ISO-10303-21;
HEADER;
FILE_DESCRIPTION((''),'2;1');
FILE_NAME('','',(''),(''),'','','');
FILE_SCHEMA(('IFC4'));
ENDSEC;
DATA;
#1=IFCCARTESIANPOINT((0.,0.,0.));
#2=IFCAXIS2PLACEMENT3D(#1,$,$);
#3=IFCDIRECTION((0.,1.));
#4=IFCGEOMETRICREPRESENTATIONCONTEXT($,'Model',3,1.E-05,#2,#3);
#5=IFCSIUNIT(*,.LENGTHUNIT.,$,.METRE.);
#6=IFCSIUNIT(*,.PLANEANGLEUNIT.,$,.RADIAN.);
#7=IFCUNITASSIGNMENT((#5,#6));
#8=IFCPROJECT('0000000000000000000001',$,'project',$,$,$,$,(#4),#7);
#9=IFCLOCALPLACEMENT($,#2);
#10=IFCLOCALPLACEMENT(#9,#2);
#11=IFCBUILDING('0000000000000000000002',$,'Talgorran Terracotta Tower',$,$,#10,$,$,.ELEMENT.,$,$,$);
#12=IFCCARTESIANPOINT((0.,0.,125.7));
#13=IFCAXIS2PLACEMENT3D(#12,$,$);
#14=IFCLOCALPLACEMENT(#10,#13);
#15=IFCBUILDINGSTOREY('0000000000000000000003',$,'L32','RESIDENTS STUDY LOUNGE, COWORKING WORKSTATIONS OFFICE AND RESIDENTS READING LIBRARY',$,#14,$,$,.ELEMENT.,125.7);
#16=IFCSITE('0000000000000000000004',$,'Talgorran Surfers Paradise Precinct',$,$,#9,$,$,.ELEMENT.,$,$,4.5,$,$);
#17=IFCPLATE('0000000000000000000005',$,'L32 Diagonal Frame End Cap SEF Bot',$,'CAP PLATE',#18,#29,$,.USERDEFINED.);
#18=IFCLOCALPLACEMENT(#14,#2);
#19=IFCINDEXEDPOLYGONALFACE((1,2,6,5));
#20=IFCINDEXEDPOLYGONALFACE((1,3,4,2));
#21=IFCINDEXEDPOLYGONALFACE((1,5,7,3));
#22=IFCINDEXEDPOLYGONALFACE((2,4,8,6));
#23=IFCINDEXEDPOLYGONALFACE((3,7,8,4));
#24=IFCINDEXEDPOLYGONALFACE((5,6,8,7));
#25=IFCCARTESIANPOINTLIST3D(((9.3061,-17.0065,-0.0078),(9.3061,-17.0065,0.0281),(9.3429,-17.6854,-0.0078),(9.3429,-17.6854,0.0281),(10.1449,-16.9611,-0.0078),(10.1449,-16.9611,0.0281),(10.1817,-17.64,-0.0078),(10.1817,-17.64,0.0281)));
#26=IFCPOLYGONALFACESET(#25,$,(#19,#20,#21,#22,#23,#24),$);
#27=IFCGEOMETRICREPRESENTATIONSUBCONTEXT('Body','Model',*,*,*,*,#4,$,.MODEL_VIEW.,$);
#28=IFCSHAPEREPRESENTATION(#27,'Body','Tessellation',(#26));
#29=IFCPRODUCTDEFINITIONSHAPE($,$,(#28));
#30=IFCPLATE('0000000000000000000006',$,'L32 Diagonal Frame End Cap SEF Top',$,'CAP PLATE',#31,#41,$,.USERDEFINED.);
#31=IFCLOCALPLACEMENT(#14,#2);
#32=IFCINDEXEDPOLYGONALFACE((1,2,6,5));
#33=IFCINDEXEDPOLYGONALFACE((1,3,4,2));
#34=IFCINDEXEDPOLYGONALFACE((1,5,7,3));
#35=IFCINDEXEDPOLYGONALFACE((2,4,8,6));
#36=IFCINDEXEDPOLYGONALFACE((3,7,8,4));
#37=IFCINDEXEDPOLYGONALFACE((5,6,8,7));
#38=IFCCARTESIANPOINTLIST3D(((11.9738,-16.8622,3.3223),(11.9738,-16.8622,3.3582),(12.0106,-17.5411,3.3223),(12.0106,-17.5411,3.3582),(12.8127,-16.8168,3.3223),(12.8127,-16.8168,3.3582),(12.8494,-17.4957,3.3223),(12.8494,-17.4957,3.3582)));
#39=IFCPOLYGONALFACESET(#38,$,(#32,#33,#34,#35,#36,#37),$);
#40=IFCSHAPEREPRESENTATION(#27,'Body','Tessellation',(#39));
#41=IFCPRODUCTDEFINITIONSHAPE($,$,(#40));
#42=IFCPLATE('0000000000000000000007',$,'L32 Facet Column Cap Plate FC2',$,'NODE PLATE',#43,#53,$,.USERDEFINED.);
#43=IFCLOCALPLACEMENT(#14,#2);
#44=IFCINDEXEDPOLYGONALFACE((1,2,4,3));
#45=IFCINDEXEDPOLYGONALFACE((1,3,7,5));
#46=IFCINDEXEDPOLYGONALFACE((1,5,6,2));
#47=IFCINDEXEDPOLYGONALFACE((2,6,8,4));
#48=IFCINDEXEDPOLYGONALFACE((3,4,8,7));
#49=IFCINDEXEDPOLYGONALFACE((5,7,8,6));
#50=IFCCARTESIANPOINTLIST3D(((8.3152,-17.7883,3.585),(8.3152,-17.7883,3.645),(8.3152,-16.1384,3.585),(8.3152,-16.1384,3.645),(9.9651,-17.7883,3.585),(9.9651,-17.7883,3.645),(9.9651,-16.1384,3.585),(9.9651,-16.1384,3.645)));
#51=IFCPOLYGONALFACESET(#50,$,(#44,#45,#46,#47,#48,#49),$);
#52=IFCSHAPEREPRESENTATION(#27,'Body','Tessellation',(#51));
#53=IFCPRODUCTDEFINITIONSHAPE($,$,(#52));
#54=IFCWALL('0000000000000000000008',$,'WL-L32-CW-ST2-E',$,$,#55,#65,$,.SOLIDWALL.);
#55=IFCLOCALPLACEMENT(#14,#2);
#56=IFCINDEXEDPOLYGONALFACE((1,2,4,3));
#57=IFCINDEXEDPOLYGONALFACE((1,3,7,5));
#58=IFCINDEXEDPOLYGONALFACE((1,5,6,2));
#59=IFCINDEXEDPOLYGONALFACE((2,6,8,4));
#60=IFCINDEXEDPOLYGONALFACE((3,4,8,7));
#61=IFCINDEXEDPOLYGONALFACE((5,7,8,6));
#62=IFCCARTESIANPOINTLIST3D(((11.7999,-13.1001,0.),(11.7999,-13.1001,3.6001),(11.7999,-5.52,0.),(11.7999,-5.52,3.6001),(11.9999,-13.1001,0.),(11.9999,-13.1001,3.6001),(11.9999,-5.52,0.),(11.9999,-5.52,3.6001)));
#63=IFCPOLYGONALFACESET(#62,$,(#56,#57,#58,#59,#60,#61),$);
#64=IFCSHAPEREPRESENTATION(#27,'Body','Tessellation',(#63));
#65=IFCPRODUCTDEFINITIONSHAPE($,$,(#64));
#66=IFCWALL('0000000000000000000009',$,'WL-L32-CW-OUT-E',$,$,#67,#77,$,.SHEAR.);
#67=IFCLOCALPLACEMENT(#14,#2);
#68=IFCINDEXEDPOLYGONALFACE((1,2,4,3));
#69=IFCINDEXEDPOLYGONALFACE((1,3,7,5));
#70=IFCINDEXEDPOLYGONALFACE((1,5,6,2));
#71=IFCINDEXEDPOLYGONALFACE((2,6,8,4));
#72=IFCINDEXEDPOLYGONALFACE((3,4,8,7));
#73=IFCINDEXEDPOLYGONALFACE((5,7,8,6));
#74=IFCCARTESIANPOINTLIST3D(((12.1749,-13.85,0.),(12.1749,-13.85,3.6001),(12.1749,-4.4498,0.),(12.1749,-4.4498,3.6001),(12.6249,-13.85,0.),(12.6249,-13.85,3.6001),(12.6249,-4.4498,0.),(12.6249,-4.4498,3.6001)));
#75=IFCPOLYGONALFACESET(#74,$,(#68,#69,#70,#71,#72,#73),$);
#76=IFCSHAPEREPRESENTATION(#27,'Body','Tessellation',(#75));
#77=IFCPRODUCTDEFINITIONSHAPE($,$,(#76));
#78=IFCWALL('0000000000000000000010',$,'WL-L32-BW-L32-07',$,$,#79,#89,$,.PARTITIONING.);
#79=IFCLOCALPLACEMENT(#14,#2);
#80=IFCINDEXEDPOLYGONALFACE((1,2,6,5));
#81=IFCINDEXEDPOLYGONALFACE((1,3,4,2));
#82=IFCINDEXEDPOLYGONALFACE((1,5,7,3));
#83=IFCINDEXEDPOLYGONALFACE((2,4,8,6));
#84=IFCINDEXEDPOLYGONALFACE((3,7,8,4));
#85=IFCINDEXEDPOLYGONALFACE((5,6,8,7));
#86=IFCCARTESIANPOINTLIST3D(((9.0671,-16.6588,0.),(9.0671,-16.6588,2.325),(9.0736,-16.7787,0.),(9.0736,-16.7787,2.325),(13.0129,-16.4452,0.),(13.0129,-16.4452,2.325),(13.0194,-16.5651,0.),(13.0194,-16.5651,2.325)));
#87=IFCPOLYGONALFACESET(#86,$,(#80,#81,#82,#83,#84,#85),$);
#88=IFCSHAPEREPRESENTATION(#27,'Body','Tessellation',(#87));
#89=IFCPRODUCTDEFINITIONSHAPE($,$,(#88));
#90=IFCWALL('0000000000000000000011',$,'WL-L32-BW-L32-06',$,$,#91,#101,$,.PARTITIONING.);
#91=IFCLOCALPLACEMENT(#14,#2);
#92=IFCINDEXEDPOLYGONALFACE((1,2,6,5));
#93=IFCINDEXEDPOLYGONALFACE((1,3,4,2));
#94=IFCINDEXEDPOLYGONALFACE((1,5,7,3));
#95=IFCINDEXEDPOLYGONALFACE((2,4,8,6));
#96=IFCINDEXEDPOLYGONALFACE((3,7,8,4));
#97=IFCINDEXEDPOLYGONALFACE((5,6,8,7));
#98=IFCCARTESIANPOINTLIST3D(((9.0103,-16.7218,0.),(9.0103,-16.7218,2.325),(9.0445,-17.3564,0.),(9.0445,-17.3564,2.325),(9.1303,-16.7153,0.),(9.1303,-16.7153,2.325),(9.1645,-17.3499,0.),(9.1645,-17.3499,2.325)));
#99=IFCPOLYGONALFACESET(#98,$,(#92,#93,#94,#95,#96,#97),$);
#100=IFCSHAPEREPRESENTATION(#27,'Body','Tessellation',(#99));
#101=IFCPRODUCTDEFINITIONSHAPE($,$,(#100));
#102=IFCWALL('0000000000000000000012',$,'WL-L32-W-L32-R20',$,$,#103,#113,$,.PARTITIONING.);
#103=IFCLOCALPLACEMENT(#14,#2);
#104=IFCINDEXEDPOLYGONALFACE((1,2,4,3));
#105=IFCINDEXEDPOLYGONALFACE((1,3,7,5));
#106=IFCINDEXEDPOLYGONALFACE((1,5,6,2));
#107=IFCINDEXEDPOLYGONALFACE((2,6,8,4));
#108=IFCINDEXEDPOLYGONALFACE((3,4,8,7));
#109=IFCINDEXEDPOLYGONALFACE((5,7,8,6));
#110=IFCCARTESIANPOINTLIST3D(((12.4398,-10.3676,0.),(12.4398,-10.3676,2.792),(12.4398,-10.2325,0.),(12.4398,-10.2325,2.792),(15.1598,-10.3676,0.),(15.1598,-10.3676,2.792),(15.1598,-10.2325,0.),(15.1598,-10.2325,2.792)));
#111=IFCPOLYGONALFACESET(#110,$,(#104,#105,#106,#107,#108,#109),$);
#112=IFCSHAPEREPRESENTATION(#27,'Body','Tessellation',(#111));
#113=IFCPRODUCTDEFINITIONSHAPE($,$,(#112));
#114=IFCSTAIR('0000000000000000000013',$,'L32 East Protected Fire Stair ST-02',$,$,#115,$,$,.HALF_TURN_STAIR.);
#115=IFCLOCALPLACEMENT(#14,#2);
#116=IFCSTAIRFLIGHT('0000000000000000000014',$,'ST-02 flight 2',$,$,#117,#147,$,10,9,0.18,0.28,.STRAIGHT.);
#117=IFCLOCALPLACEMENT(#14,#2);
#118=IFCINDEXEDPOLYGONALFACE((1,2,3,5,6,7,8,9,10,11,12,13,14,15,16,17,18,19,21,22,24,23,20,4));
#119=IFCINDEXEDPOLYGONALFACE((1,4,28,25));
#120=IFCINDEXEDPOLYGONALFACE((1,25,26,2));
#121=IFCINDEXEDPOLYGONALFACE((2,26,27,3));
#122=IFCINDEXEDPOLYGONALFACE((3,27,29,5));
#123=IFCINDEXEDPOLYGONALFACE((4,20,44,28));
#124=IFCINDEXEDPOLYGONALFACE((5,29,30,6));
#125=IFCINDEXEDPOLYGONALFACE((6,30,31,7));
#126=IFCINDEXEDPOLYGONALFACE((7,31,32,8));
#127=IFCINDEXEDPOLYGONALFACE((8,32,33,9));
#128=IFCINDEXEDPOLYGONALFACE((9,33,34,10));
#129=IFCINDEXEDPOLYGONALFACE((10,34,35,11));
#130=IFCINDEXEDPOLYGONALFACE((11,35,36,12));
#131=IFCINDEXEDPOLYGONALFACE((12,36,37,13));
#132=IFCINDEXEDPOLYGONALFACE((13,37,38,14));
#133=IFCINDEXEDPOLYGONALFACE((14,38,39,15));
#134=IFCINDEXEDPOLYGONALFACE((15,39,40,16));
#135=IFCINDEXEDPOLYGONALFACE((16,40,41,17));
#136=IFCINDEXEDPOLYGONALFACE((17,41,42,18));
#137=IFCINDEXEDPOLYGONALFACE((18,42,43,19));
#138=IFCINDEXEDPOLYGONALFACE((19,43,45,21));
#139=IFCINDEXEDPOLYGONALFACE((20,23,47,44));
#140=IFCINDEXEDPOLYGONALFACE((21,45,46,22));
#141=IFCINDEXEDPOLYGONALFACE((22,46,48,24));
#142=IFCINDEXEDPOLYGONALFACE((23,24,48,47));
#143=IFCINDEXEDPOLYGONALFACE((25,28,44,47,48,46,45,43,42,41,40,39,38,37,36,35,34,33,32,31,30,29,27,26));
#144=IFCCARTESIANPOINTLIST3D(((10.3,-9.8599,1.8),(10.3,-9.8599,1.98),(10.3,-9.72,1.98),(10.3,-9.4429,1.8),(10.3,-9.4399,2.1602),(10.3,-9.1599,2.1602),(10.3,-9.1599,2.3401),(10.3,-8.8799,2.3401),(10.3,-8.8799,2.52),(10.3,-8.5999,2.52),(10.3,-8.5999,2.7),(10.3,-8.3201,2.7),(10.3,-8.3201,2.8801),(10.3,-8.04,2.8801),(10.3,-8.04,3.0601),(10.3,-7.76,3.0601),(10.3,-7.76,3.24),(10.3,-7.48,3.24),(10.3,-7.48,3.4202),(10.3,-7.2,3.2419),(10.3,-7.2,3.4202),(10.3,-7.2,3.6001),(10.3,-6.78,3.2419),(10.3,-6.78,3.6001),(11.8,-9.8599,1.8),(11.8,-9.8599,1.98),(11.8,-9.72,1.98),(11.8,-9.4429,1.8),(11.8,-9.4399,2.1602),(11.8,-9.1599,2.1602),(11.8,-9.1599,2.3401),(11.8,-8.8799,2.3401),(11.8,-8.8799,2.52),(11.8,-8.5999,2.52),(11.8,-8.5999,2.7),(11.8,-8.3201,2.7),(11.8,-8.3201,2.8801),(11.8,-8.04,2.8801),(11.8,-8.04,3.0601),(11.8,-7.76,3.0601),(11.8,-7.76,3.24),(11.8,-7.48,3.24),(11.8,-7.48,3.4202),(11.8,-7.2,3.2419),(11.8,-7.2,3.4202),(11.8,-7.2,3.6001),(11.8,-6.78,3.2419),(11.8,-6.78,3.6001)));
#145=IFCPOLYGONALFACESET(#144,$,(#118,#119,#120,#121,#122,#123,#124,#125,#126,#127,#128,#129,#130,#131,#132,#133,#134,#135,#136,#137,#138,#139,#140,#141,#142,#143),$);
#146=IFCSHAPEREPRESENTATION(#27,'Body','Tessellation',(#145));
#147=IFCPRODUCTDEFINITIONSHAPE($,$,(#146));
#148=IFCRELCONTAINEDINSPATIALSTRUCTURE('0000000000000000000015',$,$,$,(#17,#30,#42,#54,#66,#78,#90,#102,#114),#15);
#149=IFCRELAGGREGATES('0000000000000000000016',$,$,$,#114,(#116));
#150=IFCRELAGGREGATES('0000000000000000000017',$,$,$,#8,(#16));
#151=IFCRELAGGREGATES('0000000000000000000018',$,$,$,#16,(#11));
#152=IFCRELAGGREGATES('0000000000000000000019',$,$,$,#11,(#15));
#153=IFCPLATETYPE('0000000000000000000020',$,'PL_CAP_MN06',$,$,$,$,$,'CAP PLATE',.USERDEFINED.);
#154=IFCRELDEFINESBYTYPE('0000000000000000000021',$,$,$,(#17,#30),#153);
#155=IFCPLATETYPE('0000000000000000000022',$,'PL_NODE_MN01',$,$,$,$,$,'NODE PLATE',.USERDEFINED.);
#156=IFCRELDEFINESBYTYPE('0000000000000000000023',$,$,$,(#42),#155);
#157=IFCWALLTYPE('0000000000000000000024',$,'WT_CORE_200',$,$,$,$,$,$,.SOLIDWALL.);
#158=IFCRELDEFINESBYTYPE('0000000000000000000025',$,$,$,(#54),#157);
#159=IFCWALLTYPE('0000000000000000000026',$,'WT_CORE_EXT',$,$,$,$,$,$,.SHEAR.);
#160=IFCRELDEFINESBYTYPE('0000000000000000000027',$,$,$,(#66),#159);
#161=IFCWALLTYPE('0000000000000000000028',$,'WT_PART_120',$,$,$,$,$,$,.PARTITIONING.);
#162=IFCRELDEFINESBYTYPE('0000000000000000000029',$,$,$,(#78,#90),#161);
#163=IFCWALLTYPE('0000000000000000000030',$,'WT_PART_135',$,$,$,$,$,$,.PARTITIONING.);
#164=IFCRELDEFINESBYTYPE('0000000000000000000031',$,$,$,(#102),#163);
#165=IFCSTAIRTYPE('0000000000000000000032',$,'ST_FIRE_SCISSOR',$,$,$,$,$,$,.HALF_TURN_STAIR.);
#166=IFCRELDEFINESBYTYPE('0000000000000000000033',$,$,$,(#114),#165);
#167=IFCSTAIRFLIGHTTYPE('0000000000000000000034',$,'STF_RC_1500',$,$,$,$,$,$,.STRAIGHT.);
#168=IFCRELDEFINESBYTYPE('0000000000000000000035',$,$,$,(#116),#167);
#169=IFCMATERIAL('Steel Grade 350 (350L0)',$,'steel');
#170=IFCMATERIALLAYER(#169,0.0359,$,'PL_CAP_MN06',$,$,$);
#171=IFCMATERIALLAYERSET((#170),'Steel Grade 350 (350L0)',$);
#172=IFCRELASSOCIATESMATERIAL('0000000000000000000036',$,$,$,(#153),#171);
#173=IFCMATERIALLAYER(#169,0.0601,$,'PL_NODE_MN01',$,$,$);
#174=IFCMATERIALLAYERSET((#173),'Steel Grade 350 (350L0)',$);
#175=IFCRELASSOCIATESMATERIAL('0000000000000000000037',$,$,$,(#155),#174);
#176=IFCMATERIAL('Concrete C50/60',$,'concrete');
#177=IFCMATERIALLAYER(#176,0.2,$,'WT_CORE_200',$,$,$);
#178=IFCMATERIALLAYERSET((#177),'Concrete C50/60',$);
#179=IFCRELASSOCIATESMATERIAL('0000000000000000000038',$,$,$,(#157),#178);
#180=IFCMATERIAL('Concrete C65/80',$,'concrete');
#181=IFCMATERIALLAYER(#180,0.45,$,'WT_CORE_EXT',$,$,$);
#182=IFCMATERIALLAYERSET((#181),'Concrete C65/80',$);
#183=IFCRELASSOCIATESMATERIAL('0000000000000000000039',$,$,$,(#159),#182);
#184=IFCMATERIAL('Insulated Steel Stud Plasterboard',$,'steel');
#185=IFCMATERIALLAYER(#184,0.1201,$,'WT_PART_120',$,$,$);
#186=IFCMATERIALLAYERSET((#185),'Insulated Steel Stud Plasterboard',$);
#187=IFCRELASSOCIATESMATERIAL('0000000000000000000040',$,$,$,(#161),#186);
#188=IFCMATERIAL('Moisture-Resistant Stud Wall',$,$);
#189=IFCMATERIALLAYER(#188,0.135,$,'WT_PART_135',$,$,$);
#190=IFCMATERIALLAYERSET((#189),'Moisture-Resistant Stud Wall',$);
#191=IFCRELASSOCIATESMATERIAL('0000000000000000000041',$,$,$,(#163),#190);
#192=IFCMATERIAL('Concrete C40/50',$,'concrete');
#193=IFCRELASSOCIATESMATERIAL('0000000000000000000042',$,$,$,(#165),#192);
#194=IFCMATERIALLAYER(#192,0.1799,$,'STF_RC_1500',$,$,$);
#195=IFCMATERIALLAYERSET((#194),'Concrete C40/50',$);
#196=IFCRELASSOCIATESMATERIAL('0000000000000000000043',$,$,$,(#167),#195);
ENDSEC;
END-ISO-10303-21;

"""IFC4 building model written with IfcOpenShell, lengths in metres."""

from ifc_helpers import new_model, si_unit, direction, frame, frame_2d, origin, origin_2d, place, context, subcontext, project, spatial, polyline, rectangle, outline, extrude, material, layer, layer_set, type_object, element, aggregate, save


model = new_model("IFC4")

# Units and contexts
model_context = context("Model", 3, precision=1e-05, world=origin(), true_north=direction((0.0, 1.0)))
body_context = subcontext(model_context, "Body", "Model", "MODEL_VIEW")
ifc_project = project(units=[si_unit("LENGTHUNIT", "METRE"), si_unit("PLANEANGLEUNIT", "RADIAN")], contexts=[model_context])

# Site, building, storey
site_placement = place(None, origin())
site = spatial("IfcSite", under=ifc_project, at=site_placement, Name="Talgorran Surfers Paradise Precinct", CompositionType="ELEMENT", RefElevation=4.5)
building_placement = place(site_placement, origin())
building = spatial("IfcBuilding", under=site, at=building_placement, Name="Talgorran Terracotta Tower", CompositionType="ELEMENT")
storey_placement = place(building_placement, frame((0.0, 0.0, 125.7)))
storey = spatial("IfcBuildingStorey", under=building, at=storey_placement, Name="L32", Description="RESIDENTS STUDY LOUNGE, COWORKING WORKSTATIONS OFFICE AND RESIDENTS READING LIBRARY", CompositionType="ELEMENT", Elevation=125.7)

# Shared definitions
ifc_material_1 = material(Name="Steel Grade 350 (350L0)", Category="steel")

# Plates
ifc_layer_1 = layer(ifc_material_1, 0.0359, Name="PL_CAP_MN06")
ifc_layer_set_1 = layer_set([ifc_layer_1], Name="Steel Grade 350 (350L0)")
plate_type_1 = type_object("IfcPlateType", Name="PL_CAP_MN06", ElementType="CAP PLATE", PredefinedType="USERDEFINED", material=ifc_layer_set_1)
for number, where, z_axis, x_axis, name in (
    (1, (9.7439, -17.3232, -0.0078), (0.0, 0.0, 1.0), (0.998537, 0.054079, 0.0), "L32 Diagonal Frame End Cap SEF Bot"),
    (2, (12.4116, -17.179, 3.3223), (0.0, 0.0, 1.0), (0.998537, 0.054079, 0.0), "L32 Diagonal Frame End Cap SEF Top"),
):
    element("IfcPlate", number, at=place(storey_placement, frame(where, z_axis=z_axis, x_axis=x_axis)), inside=storey, type_object=plate_type_1, Name=name, ObjectType="CAP PLATE", PredefinedType="USERDEFINED", context=body_context, shape_type="SweptSolid", body=[
        extrude(rectangle(XDim=0.8401, YDim=0.6799, at=origin_2d()), origin(), (0.0, 0.0, 1.0), 0.0359),
    ])
ifc_layer_2 = layer(ifc_material_1, 0.0601, Name="PL_NODE_MN01")
ifc_layer_set_2 = layer_set([ifc_layer_2], Name="Steel Grade 350 (350L0)")
plate_type_2 = type_object("IfcPlateType", Name="PL_NODE_MN01", ElementType="NODE PLATE", PredefinedType="USERDEFINED", material=ifc_layer_set_2)
plate_placement = place(storey_placement, frame((9.1401, -16.9634, 3.585), z_axis=(0.0, 0.0, 1.0), x_axis=(1.0, 0.0, 0.0)))
element("IfcPlate", 3, at=plate_placement, inside=storey, type_object=plate_type_2, Name="L32 Facet Column Cap Plate FC2", ObjectType="NODE PLATE", PredefinedType="USERDEFINED", context=body_context, shape_type="SweptSolid", body=[
    extrude(rectangle(XDim=1.6499, YDim=1.6499, at=origin_2d()), origin(), (0.0, 0.0, 1.0), 0.0601),
])

# Walls
ifc_material_2 = material(Name="Concrete C50/60", Category="concrete")
ifc_layer_3 = layer(ifc_material_2, 0.2, Name="WT_CORE_200")
ifc_layer_set_3 = layer_set([ifc_layer_3], Name="Concrete C50/60")
wall_type_1 = type_object("IfcWallType", Name="WT_CORE_200", PredefinedType="SOLIDWALL", material=ifc_layer_set_3)
wall_1_placement = place(storey_placement, frame((11.8999, -13.1001, 0.0), z_axis=(0.0, 0.0, 1.0), x_axis=(0.0, 1.0, 0.0)))
element("IfcWall", 4, at=wall_1_placement, inside=storey, type_object=wall_type_1, Name="WL-L32-CW-ST2-E", PredefinedType="SOLIDWALL", context=body_context, shape_type="SweptSolid", body=[
    extrude(rectangle(XDim=7.5801, YDim=0.2, at=frame_2d((3.79, 0.0))), origin(), (0.0, 0.0, 1.0), 3.6001),
])
ifc_material_3 = material(Name="Concrete C65/80", Category="concrete")
ifc_layer_4 = layer(ifc_material_3, 0.45, Name="WT_CORE_EXT")
ifc_layer_set_4 = layer_set([ifc_layer_4], Name="Concrete C65/80")
wall_type_2 = type_object("IfcWallType", Name="WT_CORE_EXT", PredefinedType="SHEAR", material=ifc_layer_set_4)
wall_2_placement = place(storey_placement, frame((12.3999, -13.8501, 0.0), z_axis=(0.0, 0.0, 1.0), x_axis=(0.0, 1.0, 0.0)))
element("IfcWall", 5, at=wall_2_placement, inside=storey, type_object=wall_type_2, Name="WL-L32-CW-OUT-E", PredefinedType="SHEAR", context=body_context, shape_type="SweptSolid", body=[
    extrude(rectangle(XDim=9.4001, YDim=0.45, at=frame_2d((4.7002, 0.0))), origin(), (0.0, 0.0, 1.0), 3.6001),
])
ifc_material_4 = material(Name="Insulated Steel Stud Plasterboard", Category="steel")
ifc_layer_5 = layer(ifc_material_4, 0.1201, Name="WT_PART_120")
ifc_layer_set_5 = layer_set([ifc_layer_5], Name="Insulated Steel Stud Plasterboard")
wall_type_3 = type_object("IfcWallType", Name="WT_PART_120", PredefinedType="PARTITIONING", material=ifc_layer_set_5)
wall_3_placement = place(storey_placement, frame((9.0703, -16.7188, 0.0), z_axis=(0.0, 0.0, 1.0), x_axis=(0.998538, 0.05406, 0.0)))
element("IfcWall", 6, at=wall_3_placement, inside=storey, type_object=wall_type_3, Name="WL-L32-BW-L32-07", PredefinedType="PARTITIONING", context=body_context, shape_type="SweptSolid", body=[
    extrude(rectangle(XDim=3.9517, YDim=0.1201, at=frame_2d((1.9758, 0.0))), origin(), (0.0, 0.0, 1.0), 2.325),
])
wall_4_placement = place(storey_placement, frame((9.1045, -17.3533, 0.0), z_axis=(0.0, 0.0, 1.0), x_axis=(-0.053789, 0.998552, 0.0)))
element("IfcWall", 7, at=wall_4_placement, inside=storey, type_object=wall_type_3, Name="WL-L32-BW-L32-06", PredefinedType="PARTITIONING", context=body_context, shape_type="SweptSolid", body=[
    extrude(rectangle(XDim=0.6355, YDim=0.1201, at=frame_2d((0.3179, 0.0))), origin(), (0.0, 0.0, 1.0), 2.325),
])
ifc_material_5 = material(Name="Moisture-Resistant Stud Wall")
ifc_layer_6 = layer(ifc_material_5, 0.135, Name="WT_PART_135")
ifc_layer_set_6 = layer_set([ifc_layer_6], Name="Moisture-Resistant Stud Wall")
wall_type_4 = type_object("IfcWallType", Name="WT_PART_135", PredefinedType="PARTITIONING", material=ifc_layer_set_6)
wall_5_placement = place(storey_placement, frame((12.4399, -10.3, 0.0), z_axis=(0.0, 0.0, 1.0), x_axis=(1.0, 0.0, 0.0)))
element("IfcWall", 8, at=wall_5_placement, inside=storey, type_object=wall_type_4, Name="WL-L32-W-L32-R20", PredefinedType="PARTITIONING", context=body_context, shape_type="SweptSolid", body=[
    extrude(rectangle(XDim=2.72, YDim=0.135, at=frame_2d((1.3599, 0.0))), origin(), (0.0, 0.0, 1.0), 2.792),
])

# Stair, stair flight
ifc_material_6 = material(Name="Concrete C40/50", Category="concrete")
stair_type = type_object("IfcStairType", Name="ST_FIRE_SCISSOR", PredefinedType="HALF_TURN_STAIR", material=ifc_material_6)
stair_placement = place(storey_placement, origin())
stair = element("IfcStair", 9, at=stair_placement, inside=storey, type_object=stair_type, Name="L32 East Protected Fire Stair ST-02", PredefinedType="HALF_TURN_STAIR")
ifc_layer_7 = layer(ifc_material_6, 0.1799, Name="STF_RC_1500")
ifc_layer_set_7 = layer_set([ifc_layer_7], Name="Concrete C40/50")
stair_flight_type = type_object("IfcStairFlightType", Name="STF_RC_1500", PredefinedType="STRAIGHT", material=ifc_layer_set_7)
stair_flight_placement = place(storey_placement, frame((11.05, -9.72, 1.8), z_axis=(0.0, 0.0, 1.0), x_axis=(0.0, 1.0, 0.0)))
stair_flight = element("IfcStairFlight", 10, at=stair_flight_placement, type_object=stair_flight_type, Name="ST-02 flight 2", NumberOfRisers=10, NumberOfTreads=9, PredefinedType="STRAIGHT", RiserHeight=0.18, TreadLength=0.28, context=body_context, shape_type="SweptSolid", body=[
    extrude(outline(polyline([(-0.1399, 0.0), (-0.1399, 0.1799), (0.0, 0.1799), (0.28, 0.3601), (0.5601, 0.3601), (0.5601, 0.54), (0.8401, 0.54), (0.8401, 0.72), (1.1201, 0.72), (1.1201, 0.8999), (1.3999, 0.8999), (1.3999, 1.0801), (1.6799, 1.0801), (1.6799, 1.26), (1.96, 1.26), (1.96, 1.4399), (2.24, 1.4399), (2.24, 1.6201), (2.52, 1.6201), (2.52, 1.8), (2.9399, 1.8), (2.9399, 1.4419), (2.52, 1.4419), (0.2771, 0.0), (-0.1399, 0.0)])), frame((0.0, 0.75, 0.0), z_axis=(0.0, -1.0, 0.0), x_axis=(1.0, 0.0, 0.0)), (0.0, 0.0, 1.0), 1.5),
])
aggregate(stair, [stair_flight])

save(model, "model.ifc")
